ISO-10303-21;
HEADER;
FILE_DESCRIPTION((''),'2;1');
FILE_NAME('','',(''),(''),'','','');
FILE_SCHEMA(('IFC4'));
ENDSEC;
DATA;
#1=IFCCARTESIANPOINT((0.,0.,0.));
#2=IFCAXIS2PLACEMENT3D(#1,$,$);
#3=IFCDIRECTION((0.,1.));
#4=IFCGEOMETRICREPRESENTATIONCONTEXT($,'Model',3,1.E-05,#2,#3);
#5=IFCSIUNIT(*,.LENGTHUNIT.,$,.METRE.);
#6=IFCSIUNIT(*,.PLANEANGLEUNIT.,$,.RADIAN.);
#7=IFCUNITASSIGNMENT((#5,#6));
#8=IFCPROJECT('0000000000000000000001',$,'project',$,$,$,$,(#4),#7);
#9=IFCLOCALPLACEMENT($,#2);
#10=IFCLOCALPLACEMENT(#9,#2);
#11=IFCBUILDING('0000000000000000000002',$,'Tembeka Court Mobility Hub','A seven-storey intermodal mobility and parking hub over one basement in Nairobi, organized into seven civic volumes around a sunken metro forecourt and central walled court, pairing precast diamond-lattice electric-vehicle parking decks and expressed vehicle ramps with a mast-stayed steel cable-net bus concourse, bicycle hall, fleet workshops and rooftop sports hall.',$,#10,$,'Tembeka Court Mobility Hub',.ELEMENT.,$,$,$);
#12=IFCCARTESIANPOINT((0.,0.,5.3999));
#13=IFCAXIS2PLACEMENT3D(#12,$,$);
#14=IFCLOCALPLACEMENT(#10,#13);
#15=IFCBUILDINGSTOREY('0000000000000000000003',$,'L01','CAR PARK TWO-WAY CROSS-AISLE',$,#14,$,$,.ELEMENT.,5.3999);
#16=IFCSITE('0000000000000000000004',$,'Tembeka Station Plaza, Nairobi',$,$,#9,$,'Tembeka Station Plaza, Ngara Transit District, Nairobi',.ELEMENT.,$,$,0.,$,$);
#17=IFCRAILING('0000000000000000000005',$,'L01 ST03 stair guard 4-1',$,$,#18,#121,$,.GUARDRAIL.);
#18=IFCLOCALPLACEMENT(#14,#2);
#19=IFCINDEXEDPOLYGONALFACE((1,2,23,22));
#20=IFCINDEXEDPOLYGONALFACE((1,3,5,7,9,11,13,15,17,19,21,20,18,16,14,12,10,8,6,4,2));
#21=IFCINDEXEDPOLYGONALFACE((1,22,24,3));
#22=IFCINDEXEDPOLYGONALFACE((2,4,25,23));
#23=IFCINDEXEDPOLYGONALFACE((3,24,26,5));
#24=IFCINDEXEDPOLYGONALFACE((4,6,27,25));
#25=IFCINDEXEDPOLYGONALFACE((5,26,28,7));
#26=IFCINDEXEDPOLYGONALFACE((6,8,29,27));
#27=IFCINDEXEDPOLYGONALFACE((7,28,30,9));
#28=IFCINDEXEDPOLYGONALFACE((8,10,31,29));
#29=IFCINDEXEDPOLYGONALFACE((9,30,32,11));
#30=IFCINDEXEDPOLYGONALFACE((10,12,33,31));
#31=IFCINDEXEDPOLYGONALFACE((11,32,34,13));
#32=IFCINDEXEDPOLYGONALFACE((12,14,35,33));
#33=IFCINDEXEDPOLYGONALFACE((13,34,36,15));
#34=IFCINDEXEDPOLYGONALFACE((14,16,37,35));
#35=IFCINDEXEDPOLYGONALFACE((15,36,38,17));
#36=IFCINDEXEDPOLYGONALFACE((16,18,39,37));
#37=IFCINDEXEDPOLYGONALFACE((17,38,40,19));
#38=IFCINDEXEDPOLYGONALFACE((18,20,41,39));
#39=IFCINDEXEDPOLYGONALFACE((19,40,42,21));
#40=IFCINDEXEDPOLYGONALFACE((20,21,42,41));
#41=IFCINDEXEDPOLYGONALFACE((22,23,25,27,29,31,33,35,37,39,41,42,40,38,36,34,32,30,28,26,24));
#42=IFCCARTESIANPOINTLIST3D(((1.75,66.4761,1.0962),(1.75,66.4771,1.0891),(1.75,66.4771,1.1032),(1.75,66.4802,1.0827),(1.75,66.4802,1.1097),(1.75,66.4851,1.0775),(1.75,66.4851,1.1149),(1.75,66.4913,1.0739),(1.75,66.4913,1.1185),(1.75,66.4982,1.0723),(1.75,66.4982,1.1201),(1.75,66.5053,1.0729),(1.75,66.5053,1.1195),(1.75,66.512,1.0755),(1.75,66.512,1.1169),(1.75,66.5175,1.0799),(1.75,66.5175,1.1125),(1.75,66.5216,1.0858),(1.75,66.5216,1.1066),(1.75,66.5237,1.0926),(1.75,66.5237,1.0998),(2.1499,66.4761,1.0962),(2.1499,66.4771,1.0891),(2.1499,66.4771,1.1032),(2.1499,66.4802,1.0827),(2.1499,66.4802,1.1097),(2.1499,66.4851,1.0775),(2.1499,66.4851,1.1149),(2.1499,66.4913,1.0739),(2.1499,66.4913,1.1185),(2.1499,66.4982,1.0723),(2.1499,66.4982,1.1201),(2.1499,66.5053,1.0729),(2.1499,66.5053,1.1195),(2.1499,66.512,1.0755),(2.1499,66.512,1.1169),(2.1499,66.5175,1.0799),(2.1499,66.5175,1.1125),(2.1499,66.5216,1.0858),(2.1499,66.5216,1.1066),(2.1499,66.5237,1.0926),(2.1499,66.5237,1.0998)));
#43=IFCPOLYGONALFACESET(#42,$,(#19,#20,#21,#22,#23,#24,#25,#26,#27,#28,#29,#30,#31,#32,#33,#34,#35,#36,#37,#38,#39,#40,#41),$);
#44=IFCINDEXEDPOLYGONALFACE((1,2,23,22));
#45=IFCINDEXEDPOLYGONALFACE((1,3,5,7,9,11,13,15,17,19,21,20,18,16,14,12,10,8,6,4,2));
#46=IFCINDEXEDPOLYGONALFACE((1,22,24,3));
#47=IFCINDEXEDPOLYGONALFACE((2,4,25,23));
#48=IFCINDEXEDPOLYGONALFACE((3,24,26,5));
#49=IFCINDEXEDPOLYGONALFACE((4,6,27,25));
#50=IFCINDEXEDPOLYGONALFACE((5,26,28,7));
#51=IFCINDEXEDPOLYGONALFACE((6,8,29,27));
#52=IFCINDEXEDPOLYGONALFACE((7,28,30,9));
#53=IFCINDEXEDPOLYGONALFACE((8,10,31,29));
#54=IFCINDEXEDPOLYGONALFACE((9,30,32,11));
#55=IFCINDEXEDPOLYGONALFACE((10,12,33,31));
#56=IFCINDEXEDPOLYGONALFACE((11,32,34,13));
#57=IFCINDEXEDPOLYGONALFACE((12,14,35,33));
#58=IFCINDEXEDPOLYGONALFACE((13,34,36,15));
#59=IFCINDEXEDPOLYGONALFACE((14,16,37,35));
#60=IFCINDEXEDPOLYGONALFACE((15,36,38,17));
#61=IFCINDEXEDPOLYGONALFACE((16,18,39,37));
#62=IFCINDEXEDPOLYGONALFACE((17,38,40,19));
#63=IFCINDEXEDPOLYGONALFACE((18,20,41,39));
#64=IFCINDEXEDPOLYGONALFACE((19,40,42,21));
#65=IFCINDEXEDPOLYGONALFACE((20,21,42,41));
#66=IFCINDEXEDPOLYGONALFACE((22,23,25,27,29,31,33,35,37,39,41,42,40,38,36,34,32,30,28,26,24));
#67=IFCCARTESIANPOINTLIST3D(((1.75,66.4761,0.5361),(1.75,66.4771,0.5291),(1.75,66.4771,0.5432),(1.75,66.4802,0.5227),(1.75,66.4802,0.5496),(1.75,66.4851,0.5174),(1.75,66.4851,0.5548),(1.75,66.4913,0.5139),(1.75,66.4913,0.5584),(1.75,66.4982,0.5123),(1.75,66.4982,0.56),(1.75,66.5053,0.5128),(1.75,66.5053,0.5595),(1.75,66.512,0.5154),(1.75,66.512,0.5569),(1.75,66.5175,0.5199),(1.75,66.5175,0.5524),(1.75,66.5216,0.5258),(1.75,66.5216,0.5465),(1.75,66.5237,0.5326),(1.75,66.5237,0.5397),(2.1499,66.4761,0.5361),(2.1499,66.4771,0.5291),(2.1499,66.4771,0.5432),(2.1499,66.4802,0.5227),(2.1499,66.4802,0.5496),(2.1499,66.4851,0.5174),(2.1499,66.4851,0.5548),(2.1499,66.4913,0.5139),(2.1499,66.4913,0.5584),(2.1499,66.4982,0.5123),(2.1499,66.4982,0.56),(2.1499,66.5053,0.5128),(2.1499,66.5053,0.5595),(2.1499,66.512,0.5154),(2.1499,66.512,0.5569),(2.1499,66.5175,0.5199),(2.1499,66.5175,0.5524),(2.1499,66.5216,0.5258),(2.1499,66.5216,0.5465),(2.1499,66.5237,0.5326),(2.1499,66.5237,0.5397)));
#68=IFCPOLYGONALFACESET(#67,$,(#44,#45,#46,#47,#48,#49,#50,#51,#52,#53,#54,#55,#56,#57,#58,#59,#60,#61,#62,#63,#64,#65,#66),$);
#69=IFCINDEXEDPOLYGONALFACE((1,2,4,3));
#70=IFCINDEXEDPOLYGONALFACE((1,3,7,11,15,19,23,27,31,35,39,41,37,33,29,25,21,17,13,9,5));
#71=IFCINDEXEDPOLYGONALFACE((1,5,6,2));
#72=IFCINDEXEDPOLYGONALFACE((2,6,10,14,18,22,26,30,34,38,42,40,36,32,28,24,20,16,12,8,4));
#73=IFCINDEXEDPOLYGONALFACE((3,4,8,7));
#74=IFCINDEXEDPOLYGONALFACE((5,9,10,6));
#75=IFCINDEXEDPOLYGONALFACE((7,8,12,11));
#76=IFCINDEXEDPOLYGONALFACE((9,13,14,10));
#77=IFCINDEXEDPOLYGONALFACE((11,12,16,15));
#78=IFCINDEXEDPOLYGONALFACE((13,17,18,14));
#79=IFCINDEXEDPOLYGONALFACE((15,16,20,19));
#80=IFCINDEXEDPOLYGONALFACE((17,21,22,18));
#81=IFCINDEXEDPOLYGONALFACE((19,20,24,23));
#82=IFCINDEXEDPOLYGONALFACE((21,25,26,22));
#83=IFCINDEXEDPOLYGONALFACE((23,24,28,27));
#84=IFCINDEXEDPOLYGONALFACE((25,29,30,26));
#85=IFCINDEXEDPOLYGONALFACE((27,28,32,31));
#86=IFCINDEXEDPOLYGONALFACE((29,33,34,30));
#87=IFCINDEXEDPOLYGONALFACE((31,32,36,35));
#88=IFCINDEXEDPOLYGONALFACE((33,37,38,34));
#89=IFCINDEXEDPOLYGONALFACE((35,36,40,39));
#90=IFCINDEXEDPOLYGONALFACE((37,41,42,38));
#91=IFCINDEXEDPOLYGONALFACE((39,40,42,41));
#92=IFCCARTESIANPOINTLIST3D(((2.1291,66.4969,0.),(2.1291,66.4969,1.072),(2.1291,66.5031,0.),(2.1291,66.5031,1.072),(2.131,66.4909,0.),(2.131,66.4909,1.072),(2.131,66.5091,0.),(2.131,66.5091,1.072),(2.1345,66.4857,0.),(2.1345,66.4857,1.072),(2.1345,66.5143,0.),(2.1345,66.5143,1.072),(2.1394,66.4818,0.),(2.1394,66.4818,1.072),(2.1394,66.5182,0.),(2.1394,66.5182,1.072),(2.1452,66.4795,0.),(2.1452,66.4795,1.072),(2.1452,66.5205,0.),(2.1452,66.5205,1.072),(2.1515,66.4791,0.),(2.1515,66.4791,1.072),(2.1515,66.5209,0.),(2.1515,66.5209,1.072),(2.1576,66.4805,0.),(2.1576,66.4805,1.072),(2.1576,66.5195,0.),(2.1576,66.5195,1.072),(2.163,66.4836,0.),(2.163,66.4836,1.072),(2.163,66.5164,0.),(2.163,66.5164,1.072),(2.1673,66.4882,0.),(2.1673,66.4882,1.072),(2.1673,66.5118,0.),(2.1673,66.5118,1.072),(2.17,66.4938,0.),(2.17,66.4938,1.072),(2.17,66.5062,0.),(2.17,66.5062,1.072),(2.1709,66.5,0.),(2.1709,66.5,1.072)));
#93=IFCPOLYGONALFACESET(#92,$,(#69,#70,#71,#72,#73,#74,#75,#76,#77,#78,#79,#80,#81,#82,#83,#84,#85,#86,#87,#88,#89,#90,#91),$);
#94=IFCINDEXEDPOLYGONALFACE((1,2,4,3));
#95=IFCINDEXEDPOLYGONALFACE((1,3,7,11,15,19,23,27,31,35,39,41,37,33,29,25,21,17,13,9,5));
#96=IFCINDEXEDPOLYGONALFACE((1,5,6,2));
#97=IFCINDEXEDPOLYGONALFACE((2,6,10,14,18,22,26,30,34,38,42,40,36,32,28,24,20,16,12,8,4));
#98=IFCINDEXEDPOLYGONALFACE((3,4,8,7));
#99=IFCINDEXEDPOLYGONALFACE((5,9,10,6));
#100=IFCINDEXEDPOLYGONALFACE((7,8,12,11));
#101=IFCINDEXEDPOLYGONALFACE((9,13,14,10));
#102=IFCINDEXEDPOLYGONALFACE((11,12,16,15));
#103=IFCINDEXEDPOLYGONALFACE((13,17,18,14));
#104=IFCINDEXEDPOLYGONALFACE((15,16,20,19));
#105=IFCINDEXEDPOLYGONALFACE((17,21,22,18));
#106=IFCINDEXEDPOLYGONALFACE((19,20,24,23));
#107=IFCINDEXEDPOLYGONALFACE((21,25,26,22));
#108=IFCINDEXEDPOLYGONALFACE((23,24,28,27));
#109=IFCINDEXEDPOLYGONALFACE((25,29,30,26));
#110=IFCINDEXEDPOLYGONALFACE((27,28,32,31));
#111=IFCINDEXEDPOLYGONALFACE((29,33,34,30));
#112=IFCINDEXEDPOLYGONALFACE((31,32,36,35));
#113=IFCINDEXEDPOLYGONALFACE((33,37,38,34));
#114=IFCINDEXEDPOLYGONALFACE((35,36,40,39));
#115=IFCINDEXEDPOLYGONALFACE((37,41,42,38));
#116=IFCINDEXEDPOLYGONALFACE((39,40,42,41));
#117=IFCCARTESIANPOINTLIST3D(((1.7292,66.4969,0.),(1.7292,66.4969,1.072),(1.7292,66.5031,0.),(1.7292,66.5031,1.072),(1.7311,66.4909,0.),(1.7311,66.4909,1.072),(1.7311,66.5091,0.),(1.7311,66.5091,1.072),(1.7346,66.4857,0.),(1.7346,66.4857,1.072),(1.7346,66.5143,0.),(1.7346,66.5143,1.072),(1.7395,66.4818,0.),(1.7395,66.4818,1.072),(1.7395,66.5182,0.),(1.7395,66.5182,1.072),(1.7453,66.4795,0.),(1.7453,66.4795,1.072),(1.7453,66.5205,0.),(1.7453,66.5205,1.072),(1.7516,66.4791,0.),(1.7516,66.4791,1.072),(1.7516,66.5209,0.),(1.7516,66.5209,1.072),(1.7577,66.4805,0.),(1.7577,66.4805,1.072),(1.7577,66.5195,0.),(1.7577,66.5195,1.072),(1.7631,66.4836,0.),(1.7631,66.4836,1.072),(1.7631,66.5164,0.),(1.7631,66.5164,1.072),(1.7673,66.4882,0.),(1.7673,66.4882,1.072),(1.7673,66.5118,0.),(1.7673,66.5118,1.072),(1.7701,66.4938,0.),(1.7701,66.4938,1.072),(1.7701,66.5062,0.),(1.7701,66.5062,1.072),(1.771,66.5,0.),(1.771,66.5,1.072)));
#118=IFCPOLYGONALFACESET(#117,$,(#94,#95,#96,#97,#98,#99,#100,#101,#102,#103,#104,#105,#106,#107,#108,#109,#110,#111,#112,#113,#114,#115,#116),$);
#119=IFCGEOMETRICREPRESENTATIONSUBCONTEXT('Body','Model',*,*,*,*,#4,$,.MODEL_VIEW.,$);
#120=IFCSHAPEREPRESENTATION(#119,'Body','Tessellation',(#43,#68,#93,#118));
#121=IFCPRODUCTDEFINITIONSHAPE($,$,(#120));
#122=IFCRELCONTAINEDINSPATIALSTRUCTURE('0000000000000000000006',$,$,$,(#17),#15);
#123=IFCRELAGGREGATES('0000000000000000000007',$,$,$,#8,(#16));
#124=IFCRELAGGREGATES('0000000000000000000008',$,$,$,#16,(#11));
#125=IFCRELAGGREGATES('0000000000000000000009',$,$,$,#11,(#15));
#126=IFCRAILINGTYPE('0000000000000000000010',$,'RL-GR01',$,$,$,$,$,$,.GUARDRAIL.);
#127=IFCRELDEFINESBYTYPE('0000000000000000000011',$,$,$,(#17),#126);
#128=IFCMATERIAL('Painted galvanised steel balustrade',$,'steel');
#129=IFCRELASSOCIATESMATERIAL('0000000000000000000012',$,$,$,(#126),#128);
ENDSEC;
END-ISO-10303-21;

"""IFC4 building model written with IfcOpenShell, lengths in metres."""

from ifc_helpers import new_model, si_unit, direction, frame, origin, origin_2d, place, context, subcontext, project, spatial, circle, extrude, material, type_object, element, save


model = new_model("IFC4")

# Units and contexts
model_context = context("Model", 3, precision=1e-05, world=origin(), true_north=direction((0.0, 1.0)))
body_context = subcontext(model_context, "Body", "Model", "MODEL_VIEW")
ifc_project = project(units=[si_unit("LENGTHUNIT", "METRE"), si_unit("PLANEANGLEUNIT", "RADIAN")], contexts=[model_context])

# Site, building, storey
site_placement = place(None, origin())
site = spatial("IfcSite", under=ifc_project, at=site_placement, Name="Tembeka Station Plaza, Nairobi", LongName="Tembeka Station Plaza, Ngara Transit District, Nairobi", CompositionType="ELEMENT", RefElevation=0.0)
building_placement = place(site_placement, origin())
building = spatial("IfcBuilding", under=site, at=building_placement, Name="Tembeka Court Mobility Hub", Description="A seven-storey intermodal mobility and parking hub over one basement in Nairobi, organized into seven civic volumes around a sunken metro forecourt and central walled court, pairing precast diamond-lattice electric-vehicle parking decks and expressed vehicle ramps with a mast-stayed steel cable-net bus concourse, bicycle hall, fleet workshops and rooftop sports hall.", LongName="Tembeka Court Mobility Hub", CompositionType="ELEMENT")
storey_placement = place(building_placement, frame((0.0, 0.0, 5.3999)))
storey = spatial("IfcBuildingStorey", under=building, at=storey_placement, Name="L01", Description="CAR PARK TWO-WAY CROSS-AISLE", CompositionType="ELEMENT", Elevation=5.3999)

# Railing
ifc_material_1 = material(Name="Painted galvanised steel balustrade", Category="steel")
railing_type_1 = type_object("IfcRailingType", Name="RL-GR01", PredefinedType="GUARDRAIL", material=ifc_material_1)
railing_1_placement = place(storey_placement, frame((2.1499, 66.5, 0.0)))
element("IfcRailing", 1, at=railing_1_placement, inside=storey, type_object=railing_type_1, Name="L01 ST03 stair guard 4-1", PredefinedType="GUARDRAIL", context=body_context, shape_type="SweptSolid", body=[
    extrude(circle(Radius=0.0239, at=origin_2d()), frame((0.0, 0.0, 1.0962), z_axis=(-1.0, 0.0, 0.0), x_axis=(0.0, -1.0, 0.0)), (0.0, 0.0, 1.0), 0.3999),
    extrude(circle(Radius=0.0239, at=origin_2d()), frame((0.0, 0.0, 0.5361), z_axis=(-1.0, 0.0, 0.0), x_axis=(0.0, -1.0, 0.0)), (0.0, 0.0, 1.0), 0.3999),
    extrude(circle(Radius=0.021, at=origin_2d()), origin(), (0.0, 0.0, 1.0), 1.072),
    extrude(circle(Radius=0.021, at=origin_2d()), frame((-0.3999, 0.0, 0.0)), (0.0, 0.0, 1.0), 1.072),
])

save(model, "model.ifc")
